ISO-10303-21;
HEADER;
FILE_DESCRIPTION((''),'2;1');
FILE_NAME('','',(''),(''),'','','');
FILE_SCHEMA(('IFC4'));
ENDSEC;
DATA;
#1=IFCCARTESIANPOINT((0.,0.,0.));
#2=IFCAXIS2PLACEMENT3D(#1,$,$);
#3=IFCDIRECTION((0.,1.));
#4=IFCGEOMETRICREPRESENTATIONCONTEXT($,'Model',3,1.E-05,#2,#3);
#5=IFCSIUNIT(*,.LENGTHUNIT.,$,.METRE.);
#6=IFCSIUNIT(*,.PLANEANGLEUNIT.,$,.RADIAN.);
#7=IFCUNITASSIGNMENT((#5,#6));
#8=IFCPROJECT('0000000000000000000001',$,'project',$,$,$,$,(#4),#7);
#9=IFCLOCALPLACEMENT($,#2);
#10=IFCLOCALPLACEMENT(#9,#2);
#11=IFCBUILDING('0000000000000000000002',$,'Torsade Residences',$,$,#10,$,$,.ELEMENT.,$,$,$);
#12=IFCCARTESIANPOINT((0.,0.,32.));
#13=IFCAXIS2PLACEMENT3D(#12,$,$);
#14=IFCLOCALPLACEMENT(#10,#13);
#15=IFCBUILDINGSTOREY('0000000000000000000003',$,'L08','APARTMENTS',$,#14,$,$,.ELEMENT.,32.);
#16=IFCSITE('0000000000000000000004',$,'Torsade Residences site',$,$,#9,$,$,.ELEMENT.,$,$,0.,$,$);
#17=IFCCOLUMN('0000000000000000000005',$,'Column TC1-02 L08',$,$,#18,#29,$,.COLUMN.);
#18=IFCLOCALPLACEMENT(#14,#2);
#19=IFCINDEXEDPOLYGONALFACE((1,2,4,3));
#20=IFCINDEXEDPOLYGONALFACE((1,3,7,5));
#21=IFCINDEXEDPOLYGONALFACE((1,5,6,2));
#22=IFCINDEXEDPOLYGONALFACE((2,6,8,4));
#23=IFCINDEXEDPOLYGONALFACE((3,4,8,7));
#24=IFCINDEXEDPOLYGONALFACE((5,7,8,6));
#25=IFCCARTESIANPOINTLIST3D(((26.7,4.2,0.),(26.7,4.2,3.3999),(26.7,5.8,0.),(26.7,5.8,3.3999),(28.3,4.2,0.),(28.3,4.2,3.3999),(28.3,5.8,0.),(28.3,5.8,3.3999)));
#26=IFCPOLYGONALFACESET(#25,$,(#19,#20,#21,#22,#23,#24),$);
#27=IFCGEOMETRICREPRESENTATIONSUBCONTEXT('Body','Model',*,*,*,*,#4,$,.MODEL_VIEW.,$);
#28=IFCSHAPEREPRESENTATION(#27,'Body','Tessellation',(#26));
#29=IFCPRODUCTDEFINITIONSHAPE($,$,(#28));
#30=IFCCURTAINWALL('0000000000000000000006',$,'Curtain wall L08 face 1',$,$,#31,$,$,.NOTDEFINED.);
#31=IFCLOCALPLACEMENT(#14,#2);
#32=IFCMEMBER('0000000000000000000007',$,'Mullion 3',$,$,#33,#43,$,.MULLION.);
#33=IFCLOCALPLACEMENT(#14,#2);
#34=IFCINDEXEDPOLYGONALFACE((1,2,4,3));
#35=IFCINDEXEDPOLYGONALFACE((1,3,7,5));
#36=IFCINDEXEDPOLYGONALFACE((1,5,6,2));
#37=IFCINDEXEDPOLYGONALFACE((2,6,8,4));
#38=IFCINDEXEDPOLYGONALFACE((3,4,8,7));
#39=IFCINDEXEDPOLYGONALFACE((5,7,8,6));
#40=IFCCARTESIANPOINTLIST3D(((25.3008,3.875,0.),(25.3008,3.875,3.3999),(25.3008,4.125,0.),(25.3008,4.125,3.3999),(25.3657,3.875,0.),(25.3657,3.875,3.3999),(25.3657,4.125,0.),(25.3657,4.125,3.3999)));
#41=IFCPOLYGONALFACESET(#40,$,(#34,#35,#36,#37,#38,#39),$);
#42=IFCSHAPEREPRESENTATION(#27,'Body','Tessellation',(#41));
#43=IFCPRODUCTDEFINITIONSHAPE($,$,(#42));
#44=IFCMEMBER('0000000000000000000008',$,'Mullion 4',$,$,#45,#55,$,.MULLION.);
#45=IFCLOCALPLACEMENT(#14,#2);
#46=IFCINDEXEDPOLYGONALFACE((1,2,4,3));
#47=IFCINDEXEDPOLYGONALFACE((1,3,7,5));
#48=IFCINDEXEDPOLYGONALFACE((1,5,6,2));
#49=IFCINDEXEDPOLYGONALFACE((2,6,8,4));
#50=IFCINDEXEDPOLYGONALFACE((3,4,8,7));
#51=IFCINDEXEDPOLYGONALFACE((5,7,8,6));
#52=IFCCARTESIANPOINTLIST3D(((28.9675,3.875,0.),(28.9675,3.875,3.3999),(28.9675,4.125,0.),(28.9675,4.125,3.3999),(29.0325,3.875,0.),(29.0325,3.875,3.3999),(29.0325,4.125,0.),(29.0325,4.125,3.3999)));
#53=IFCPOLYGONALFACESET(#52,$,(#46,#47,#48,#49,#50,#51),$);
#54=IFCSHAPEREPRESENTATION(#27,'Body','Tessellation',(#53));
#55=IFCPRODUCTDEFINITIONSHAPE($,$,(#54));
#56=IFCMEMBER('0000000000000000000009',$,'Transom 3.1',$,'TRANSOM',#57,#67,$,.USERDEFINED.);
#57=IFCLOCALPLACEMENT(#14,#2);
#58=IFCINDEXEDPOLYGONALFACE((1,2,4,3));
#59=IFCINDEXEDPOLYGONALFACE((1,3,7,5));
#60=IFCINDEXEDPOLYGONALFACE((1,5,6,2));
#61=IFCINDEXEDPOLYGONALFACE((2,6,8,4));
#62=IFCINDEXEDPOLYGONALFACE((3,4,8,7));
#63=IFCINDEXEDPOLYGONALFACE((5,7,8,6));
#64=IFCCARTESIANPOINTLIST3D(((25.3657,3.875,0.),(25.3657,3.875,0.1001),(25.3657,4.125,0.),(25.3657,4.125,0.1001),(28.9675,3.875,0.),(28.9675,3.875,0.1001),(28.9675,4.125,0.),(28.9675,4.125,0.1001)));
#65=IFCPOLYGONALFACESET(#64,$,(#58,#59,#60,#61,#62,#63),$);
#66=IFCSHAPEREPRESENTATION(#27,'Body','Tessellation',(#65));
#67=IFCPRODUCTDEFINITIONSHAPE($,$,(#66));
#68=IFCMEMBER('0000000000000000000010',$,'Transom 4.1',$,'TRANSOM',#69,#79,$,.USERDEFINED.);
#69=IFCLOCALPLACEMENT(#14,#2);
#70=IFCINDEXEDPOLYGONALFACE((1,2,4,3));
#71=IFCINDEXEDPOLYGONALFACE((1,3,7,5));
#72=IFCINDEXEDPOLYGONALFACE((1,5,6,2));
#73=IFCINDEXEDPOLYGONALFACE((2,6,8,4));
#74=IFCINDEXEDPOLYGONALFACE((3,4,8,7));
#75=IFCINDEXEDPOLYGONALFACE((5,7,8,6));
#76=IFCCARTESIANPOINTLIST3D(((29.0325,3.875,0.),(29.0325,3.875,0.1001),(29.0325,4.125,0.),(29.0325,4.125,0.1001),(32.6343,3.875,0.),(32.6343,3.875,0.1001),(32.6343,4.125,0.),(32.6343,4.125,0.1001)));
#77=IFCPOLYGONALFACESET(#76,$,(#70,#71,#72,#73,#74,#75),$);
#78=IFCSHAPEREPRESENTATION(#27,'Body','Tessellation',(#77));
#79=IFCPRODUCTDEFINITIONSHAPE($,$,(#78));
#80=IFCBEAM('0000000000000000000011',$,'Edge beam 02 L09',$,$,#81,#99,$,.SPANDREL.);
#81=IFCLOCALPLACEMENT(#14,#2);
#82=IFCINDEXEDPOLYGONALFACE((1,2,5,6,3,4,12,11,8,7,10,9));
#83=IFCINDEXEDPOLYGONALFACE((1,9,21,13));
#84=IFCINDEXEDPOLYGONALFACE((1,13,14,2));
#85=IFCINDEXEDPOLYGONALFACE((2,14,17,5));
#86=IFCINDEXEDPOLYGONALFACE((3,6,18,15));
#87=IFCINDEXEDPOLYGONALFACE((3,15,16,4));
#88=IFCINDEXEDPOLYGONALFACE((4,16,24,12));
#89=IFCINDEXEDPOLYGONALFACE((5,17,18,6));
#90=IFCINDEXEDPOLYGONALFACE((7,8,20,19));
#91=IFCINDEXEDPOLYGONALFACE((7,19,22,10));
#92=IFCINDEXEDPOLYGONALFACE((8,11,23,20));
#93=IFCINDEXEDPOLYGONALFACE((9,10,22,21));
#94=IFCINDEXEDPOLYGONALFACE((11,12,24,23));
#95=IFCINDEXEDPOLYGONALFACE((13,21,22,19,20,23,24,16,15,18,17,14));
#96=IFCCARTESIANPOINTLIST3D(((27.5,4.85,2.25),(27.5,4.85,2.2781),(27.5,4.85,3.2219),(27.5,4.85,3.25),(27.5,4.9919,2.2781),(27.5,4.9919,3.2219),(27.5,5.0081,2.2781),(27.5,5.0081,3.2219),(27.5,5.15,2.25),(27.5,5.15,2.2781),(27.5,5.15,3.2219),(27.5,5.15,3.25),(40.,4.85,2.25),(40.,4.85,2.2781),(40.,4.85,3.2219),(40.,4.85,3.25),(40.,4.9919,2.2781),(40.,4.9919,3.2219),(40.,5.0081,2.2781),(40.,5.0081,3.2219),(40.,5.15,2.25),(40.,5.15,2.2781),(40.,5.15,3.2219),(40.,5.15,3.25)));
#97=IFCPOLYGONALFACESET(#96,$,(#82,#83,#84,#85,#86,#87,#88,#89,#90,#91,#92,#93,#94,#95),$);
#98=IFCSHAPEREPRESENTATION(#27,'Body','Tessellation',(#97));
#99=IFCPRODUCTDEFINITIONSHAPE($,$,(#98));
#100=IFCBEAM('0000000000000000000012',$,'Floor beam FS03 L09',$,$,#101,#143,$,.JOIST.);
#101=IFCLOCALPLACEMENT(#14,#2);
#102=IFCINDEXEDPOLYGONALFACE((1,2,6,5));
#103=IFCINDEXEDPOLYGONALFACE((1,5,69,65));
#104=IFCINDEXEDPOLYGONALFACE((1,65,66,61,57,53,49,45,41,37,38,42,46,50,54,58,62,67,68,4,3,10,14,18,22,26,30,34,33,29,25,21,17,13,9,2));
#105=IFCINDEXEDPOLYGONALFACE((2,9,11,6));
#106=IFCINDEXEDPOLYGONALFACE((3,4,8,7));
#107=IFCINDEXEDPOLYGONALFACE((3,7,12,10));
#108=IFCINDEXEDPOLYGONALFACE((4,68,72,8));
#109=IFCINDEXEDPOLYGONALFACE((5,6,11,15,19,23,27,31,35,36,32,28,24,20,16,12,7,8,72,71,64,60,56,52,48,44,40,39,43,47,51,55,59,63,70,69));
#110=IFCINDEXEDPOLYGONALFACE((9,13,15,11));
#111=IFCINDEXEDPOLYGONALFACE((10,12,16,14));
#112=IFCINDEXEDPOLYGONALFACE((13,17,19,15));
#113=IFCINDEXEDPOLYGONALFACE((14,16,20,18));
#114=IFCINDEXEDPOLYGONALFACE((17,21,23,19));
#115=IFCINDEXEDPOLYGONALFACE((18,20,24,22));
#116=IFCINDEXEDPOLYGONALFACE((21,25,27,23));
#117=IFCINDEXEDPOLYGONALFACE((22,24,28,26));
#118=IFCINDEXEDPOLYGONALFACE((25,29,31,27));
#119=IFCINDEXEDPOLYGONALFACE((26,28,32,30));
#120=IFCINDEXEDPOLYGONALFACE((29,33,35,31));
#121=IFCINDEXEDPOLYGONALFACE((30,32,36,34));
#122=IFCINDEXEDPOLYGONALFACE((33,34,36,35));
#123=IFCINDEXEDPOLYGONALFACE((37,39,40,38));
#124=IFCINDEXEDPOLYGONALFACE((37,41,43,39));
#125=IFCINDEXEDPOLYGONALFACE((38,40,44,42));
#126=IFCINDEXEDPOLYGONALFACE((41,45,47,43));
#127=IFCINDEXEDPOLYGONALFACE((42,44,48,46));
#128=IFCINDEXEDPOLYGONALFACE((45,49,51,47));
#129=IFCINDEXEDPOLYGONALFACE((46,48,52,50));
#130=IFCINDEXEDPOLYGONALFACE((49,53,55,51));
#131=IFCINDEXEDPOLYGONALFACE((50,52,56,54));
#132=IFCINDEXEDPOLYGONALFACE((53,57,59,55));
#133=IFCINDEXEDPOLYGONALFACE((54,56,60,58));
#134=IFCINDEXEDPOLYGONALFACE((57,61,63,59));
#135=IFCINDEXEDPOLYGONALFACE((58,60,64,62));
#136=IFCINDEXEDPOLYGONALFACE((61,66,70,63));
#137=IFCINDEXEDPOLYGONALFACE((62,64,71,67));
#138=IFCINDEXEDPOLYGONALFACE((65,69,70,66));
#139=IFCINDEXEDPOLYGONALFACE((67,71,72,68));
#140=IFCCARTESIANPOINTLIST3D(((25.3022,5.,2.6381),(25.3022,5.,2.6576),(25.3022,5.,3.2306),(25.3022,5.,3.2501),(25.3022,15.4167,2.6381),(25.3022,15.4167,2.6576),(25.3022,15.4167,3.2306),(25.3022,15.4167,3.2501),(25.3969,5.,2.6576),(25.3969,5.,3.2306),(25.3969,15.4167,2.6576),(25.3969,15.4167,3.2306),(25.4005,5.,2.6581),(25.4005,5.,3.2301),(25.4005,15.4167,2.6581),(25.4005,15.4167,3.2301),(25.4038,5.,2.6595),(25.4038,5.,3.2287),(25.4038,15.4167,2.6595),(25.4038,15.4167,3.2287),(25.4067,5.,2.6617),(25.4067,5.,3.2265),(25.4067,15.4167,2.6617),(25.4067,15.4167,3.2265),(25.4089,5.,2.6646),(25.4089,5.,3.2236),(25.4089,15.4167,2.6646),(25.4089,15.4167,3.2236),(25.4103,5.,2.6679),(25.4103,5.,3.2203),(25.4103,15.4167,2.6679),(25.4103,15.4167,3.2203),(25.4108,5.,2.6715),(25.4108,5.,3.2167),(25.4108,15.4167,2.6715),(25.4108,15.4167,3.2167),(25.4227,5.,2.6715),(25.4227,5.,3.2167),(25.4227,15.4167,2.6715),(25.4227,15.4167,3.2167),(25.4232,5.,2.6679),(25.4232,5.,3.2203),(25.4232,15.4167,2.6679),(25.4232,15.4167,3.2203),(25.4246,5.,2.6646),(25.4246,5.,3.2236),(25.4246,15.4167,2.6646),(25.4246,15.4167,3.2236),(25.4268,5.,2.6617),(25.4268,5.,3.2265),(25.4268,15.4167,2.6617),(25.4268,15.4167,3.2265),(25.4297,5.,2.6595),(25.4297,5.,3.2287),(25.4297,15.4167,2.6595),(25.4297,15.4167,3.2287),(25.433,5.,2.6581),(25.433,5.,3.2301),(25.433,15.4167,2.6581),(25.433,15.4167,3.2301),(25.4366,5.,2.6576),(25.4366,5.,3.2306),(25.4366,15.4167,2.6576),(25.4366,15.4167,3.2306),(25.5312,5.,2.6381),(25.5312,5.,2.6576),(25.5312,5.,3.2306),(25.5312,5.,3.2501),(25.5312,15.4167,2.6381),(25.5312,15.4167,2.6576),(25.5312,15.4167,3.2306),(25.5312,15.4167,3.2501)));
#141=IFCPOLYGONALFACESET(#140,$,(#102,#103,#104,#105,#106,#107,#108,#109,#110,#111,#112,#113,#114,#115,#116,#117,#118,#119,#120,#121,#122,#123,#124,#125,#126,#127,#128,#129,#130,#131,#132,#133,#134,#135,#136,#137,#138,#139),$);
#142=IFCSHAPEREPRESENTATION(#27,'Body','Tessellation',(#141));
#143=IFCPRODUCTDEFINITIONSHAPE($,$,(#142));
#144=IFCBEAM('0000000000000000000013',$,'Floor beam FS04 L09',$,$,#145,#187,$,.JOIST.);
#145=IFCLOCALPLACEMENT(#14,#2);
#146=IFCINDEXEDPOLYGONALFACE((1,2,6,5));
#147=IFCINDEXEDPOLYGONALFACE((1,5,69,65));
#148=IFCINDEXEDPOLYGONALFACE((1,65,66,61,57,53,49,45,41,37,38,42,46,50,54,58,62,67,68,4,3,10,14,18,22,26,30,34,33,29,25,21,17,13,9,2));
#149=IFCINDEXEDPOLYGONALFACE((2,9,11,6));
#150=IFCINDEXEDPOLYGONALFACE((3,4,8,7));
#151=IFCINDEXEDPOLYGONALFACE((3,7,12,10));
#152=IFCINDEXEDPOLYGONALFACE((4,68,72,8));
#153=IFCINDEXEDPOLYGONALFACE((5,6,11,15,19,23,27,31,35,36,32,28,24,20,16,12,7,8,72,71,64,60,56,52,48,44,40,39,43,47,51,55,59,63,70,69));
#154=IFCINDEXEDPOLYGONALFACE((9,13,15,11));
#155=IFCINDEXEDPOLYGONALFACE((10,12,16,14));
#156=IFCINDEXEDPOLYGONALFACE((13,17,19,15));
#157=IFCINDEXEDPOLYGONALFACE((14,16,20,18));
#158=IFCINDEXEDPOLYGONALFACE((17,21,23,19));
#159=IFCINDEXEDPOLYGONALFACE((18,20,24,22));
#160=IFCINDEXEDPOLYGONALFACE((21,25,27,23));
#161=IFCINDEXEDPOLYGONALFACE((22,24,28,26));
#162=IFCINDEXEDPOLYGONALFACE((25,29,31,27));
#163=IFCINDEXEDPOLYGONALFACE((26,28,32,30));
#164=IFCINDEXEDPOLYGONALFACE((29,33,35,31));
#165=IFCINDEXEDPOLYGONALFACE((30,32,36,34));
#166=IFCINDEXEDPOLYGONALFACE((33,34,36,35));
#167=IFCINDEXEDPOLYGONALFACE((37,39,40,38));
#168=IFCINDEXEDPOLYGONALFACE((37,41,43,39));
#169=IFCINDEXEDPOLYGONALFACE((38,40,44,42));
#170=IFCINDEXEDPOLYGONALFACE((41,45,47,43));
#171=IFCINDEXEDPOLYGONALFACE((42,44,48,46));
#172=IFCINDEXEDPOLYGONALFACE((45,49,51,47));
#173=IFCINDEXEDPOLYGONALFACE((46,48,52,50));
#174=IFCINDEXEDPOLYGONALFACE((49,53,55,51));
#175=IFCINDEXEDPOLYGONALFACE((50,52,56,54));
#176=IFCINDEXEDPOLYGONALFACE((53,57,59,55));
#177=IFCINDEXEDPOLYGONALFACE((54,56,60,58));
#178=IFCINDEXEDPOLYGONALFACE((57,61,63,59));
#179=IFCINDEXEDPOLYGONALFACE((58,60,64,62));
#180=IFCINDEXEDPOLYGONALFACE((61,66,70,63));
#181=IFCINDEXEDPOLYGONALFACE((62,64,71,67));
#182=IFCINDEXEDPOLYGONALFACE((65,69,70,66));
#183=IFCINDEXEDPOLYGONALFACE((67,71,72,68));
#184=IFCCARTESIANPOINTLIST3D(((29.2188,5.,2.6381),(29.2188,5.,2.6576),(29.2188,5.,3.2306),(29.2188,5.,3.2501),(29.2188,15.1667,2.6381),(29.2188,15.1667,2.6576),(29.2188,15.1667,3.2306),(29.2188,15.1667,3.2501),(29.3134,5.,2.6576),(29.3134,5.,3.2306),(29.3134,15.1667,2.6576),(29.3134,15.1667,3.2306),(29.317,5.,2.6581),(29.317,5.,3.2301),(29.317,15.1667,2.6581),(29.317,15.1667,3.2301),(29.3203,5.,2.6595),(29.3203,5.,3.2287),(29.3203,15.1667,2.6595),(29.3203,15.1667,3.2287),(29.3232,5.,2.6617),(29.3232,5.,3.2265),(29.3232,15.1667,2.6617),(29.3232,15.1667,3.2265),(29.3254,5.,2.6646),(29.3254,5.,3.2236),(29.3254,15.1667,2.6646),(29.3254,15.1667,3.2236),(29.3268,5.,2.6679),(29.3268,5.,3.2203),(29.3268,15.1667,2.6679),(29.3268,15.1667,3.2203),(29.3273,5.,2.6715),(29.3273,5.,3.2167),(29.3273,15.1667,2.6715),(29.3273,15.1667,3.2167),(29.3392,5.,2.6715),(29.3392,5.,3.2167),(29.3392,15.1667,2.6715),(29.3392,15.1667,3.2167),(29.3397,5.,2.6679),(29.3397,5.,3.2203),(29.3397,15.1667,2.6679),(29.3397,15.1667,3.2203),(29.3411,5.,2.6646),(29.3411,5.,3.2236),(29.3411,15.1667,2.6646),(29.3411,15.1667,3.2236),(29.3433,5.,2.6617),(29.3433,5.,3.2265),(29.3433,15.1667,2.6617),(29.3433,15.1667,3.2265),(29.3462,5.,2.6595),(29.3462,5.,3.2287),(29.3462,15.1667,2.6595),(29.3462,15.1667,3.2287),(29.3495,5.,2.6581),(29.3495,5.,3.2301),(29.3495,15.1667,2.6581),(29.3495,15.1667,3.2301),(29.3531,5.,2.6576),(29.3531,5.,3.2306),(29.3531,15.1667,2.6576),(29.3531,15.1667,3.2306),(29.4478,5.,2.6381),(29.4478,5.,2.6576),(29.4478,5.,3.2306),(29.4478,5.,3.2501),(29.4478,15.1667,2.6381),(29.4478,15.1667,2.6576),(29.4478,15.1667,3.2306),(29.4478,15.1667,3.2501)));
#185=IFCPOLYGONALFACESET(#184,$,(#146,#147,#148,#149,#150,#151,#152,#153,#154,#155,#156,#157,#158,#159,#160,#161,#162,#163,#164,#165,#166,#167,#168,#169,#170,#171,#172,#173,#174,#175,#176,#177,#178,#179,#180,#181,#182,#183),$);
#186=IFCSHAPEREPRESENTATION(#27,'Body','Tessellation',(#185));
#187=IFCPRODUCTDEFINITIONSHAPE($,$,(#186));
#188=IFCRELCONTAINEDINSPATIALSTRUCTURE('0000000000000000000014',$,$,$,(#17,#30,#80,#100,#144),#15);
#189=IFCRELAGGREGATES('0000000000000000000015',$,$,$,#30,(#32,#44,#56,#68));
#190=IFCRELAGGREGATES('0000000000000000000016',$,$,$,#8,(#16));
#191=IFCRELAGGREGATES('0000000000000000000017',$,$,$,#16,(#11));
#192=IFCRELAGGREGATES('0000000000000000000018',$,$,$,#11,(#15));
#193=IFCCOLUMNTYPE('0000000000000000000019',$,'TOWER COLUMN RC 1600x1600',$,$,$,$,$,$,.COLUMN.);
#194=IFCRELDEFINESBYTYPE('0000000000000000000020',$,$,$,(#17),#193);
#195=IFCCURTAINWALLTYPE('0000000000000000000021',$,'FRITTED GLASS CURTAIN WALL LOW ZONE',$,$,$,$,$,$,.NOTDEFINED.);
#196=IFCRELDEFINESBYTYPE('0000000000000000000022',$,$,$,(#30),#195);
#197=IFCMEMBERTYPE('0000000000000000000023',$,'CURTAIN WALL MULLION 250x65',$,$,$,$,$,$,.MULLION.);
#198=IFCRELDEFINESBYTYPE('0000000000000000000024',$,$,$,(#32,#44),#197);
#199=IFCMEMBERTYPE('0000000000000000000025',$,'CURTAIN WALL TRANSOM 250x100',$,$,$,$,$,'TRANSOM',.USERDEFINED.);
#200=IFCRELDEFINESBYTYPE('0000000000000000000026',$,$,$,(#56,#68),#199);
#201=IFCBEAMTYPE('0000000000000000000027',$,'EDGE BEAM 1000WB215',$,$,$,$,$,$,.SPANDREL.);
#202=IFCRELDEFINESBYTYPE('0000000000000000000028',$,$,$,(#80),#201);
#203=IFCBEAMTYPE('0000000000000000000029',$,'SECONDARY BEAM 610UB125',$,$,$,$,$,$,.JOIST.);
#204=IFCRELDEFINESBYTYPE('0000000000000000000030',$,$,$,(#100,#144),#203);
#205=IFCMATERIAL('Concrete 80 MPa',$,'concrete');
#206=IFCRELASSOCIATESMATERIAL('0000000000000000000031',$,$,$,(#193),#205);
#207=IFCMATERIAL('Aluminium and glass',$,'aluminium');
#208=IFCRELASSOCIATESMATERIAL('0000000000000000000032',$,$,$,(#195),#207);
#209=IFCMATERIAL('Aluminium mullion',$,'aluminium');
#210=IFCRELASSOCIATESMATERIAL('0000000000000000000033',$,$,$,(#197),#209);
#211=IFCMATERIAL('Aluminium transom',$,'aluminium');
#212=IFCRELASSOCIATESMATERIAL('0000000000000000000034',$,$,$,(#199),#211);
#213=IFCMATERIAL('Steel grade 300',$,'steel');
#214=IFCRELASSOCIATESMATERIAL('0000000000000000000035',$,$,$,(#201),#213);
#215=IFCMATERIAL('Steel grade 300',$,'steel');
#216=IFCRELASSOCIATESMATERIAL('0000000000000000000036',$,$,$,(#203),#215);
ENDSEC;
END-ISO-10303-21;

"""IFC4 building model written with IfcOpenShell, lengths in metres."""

from ifc_helpers import new_model, si_unit, direction, frame, origin, origin_2d, place, context, subcontext, project, spatial, rectangle, i_section, extrude, material, material_profile, profile_set, type_object, element, aggregate, save


model = new_model("IFC4")

# Units and contexts
model_context = context("Model", 3, precision=1e-05, world=origin(), true_north=direction((0.0, 1.0)))
body_context = subcontext(model_context, "Body", "Model", "MODEL_VIEW")
ifc_project = project(units=[si_unit("LENGTHUNIT", "METRE"), si_unit("PLANEANGLEUNIT", "RADIAN")], contexts=[model_context])

# Site, building, storey
site_placement = place(None, origin())
site = spatial("IfcSite", under=ifc_project, at=site_placement, Name="Torsade Residences site", CompositionType="ELEMENT", RefElevation=0.0)
building_placement = place(site_placement, origin())
building = spatial("IfcBuilding", under=site, at=building_placement, Name="Torsade Residences", CompositionType="ELEMENT")
storey_placement = place(building_placement, frame((0.0, 0.0, 32.0)))
storey = spatial("IfcBuildingStorey", under=building, at=storey_placement, Name="L08", Description="APARTMENTS", CompositionType="ELEMENT", Elevation=32.0)

# Column
ifc_material_1 = material(Name="Concrete 80 MPa", Category="concrete")
ifc_material_profile_1 = material_profile(ifc_material_1, rectangle(XDim=1.6001, YDim=1.6001, at=origin_2d()), Name="RC 1600x1600")
ifc_profile_set_1 = profile_set([ifc_material_profile_1], Name="Concrete 80 MPa")
column_type = type_object("IfcColumnType", Name="TOWER COLUMN RC 1600x1600", PredefinedType="COLUMN", material=ifc_profile_set_1)
column_placement = place(storey_placement, frame((27.5, 5.0, 0.0), z_axis=(0.0, 0.0, 1.0), x_axis=(1.0, 0.0, 0.0)))
element("IfcColumn", 1, at=column_placement, inside=storey, type_object=column_type, Name="Column TC1-02 L08", PredefinedType="COLUMN", context=body_context, shape_type="SweptSolid", body=[
    extrude(rectangle(XDim=1.6001, YDim=1.6001, at=origin_2d()), origin(), (0.0, 0.0, 1.0), 3.3999),
])

# Curtain wall, members
ifc_material_2 = material(Name="Aluminium and glass", Category="aluminium")
curtain_wall_type = type_object("IfcCurtainWallType", Name="FRITTED GLASS CURTAIN WALL LOW ZONE", PredefinedType="NOTDEFINED", material=ifc_material_2)
curtain_wall_placement = place(storey_placement, origin())
curtain_wall = element("IfcCurtainWall", 2, at=curtain_wall_placement, inside=storey, type_object=curtain_wall_type, Name="Curtain wall L08 face 1", PredefinedType="NOTDEFINED")
ifc_material_3 = material(Name="Aluminium mullion", Category="aluminium")
ifc_material_profile_2 = material_profile(ifc_material_3, rectangle(XDim=0.25, YDim=0.0649, at=origin_2d()), Name="CURTAIN WALL MULLION 250x65")
ifc_profile_set_2 = profile_set([ifc_material_profile_2], Name="Aluminium mullion")
member_type_1 = type_object("IfcMemberType", Name="CURTAIN WALL MULLION 250x65", PredefinedType="MULLION", material=ifc_profile_set_2)
member_1_placement = place(storey_placement, frame((25.3333, 4.0, 0.0), z_axis=(0.0, 0.0, 1.0), x_axis=(0.0, 1.0, 0.0)))
member_1 = element("IfcMember", 3, at=member_1_placement, type_object=member_type_1, Name="Mullion 3", PredefinedType="MULLION", context=body_context, shape_type="SweptSolid", body=[
    extrude(rectangle(XDim=0.25, YDim=0.0649, at=origin_2d()), origin(), (0.0, 0.0, 1.0), 3.3999),
])
member_2_placement = place(storey_placement, frame((29.0, 4.0, 0.0), z_axis=(0.0, 0.0, 1.0), x_axis=(0.0, 1.0, 0.0)))
member_2 = element("IfcMember", 4, at=member_2_placement, type_object=member_type_1, Name="Mullion 4", PredefinedType="MULLION", context=body_context, shape_type="SweptSolid", body=[
    extrude(rectangle(XDim=0.25, YDim=0.0649, at=origin_2d()), origin(), (0.0, 0.0, 1.0), 3.3999),
])
ifc_material_4 = material(Name="Aluminium transom", Category="aluminium")
ifc_material_profile_3 = material_profile(ifc_material_4, rectangle(XDim=0.25, YDim=0.1001, at=origin_2d()), Name="CURTAIN WALL TRANSOM 250x100")
ifc_profile_set_3 = profile_set([ifc_material_profile_3], Name="Aluminium transom")
member_type_2 = type_object("IfcMemberType", Name="CURTAIN WALL TRANSOM 250x100", ElementType="TRANSOM", PredefinedType="USERDEFINED", material=ifc_profile_set_3)
member_3_placement = place(storey_placement, frame((25.3657, 4.0, 0.05), z_axis=(1.0, 0.0, 0.0), x_axis=(0.0, 1.0, 0.0)))
member_3 = element("IfcMember", 5, at=member_3_placement, type_object=member_type_2, Name="Transom 3.1", ObjectType="TRANSOM", PredefinedType="USERDEFINED", context=body_context, shape_type="SweptSolid", body=[
    extrude(rectangle(XDim=0.25, YDim=0.1001, at=origin_2d()), origin(), (0.0, 0.0, 1.0), 3.6018),
])
member_4_placement = place(storey_placement, frame((29.0325, 4.0, 0.05), z_axis=(1.0, 0.0, 0.0), x_axis=(0.0, 1.0, 0.0)))
member_4 = element("IfcMember", 6, at=member_4_placement, type_object=member_type_2, Name="Transom 4.1", ObjectType="TRANSOM", PredefinedType="USERDEFINED", context=body_context, shape_type="SweptSolid", body=[
    extrude(rectangle(XDim=0.25, YDim=0.1001, at=origin_2d()), origin(), (0.0, 0.0, 1.0), 3.6018),
])

# Beams
ifc_material_5 = material(Name="Steel grade 300", Category="steel")
ifc_material_profile_4 = material_profile(ifc_material_5, i_section(OverallWidth=0.3, OverallDepth=1.0, WebThickness=0.0161, FlangeThickness=0.0281, at=origin_2d()), Name="1000WB215")
ifc_profile_set_4 = profile_set([ifc_material_profile_4], Name="Steel grade 300")
beam_type_1 = type_object("IfcBeamType", Name="EDGE BEAM 1000WB215", PredefinedType="SPANDREL", material=ifc_profile_set_4)
beam_1_placement = place(storey_placement, frame((27.5, 5.0, 2.75), z_axis=(1.0, 0.0, 0.0), x_axis=(0.0, 1.0, 0.0)))
element("IfcBeam", 7, at=beam_1_placement, inside=storey, type_object=beam_type_1, Name="Edge beam 02 L09", PredefinedType="SPANDREL", context=body_context, shape_type="SweptSolid", body=[
    extrude(i_section(OverallWidth=0.3, OverallDepth=1.0, WebThickness=0.0161, FlangeThickness=0.0281, at=origin_2d()), origin(), (0.0, 0.0, 1.0), 12.5),
])
ifc_material_6 = material(Name="Steel grade 300", Category="steel")
ifc_material_profile_5 = material_profile(ifc_material_6, i_section(OverallWidth=0.229, OverallDepth=0.6121, WebThickness=0.012, FlangeThickness=0.0195, FilletRadius=0.0139, at=origin_2d()), Name="610UB125")
ifc_profile_set_5 = profile_set([ifc_material_profile_5], Name="Steel grade 300")
beam_type_2 = type_object("IfcBeamType", Name="SECONDARY BEAM 610UB125", PredefinedType="JOIST", material=ifc_profile_set_5)
beam_2_placement = place(storey_placement, frame((25.4167, 5.0, 2.9441), z_axis=(0.0, 1.0, 0.0), x_axis=(-1.0, 0.0, 0.0)))
element("IfcBeam", 8, at=beam_2_placement, inside=storey, type_object=beam_type_2, Name="Floor beam FS03 L09", PredefinedType="JOIST", context=body_context, shape_type="SweptSolid", body=[
    extrude(i_section(OverallWidth=0.229, OverallDepth=0.6121, WebThickness=0.012, FlangeThickness=0.0195, FilletRadius=0.0139, at=origin_2d()), origin(), (0.0, 0.0, 1.0), 10.4167),
])
beam_3_placement = place(storey_placement, frame((29.3333, 5.0, 2.9441), z_axis=(0.0, 1.0, 0.0), x_axis=(-1.0, 0.0, 0.0)))
element("IfcBeam", 9, at=beam_3_placement, inside=storey, type_object=beam_type_2, Name="Floor beam FS04 L09", PredefinedType="JOIST", context=body_context, shape_type="SweptSolid", body=[
    extrude(i_section(OverallWidth=0.229, OverallDepth=0.6121, WebThickness=0.012, FlangeThickness=0.0195, FilletRadius=0.0139, at=origin_2d()), origin(), (0.0, 0.0, 1.0), 10.1667),
])

aggregate(curtain_wall, [member_1, member_2, member_3, member_4])

save(model, "model.ifc")
